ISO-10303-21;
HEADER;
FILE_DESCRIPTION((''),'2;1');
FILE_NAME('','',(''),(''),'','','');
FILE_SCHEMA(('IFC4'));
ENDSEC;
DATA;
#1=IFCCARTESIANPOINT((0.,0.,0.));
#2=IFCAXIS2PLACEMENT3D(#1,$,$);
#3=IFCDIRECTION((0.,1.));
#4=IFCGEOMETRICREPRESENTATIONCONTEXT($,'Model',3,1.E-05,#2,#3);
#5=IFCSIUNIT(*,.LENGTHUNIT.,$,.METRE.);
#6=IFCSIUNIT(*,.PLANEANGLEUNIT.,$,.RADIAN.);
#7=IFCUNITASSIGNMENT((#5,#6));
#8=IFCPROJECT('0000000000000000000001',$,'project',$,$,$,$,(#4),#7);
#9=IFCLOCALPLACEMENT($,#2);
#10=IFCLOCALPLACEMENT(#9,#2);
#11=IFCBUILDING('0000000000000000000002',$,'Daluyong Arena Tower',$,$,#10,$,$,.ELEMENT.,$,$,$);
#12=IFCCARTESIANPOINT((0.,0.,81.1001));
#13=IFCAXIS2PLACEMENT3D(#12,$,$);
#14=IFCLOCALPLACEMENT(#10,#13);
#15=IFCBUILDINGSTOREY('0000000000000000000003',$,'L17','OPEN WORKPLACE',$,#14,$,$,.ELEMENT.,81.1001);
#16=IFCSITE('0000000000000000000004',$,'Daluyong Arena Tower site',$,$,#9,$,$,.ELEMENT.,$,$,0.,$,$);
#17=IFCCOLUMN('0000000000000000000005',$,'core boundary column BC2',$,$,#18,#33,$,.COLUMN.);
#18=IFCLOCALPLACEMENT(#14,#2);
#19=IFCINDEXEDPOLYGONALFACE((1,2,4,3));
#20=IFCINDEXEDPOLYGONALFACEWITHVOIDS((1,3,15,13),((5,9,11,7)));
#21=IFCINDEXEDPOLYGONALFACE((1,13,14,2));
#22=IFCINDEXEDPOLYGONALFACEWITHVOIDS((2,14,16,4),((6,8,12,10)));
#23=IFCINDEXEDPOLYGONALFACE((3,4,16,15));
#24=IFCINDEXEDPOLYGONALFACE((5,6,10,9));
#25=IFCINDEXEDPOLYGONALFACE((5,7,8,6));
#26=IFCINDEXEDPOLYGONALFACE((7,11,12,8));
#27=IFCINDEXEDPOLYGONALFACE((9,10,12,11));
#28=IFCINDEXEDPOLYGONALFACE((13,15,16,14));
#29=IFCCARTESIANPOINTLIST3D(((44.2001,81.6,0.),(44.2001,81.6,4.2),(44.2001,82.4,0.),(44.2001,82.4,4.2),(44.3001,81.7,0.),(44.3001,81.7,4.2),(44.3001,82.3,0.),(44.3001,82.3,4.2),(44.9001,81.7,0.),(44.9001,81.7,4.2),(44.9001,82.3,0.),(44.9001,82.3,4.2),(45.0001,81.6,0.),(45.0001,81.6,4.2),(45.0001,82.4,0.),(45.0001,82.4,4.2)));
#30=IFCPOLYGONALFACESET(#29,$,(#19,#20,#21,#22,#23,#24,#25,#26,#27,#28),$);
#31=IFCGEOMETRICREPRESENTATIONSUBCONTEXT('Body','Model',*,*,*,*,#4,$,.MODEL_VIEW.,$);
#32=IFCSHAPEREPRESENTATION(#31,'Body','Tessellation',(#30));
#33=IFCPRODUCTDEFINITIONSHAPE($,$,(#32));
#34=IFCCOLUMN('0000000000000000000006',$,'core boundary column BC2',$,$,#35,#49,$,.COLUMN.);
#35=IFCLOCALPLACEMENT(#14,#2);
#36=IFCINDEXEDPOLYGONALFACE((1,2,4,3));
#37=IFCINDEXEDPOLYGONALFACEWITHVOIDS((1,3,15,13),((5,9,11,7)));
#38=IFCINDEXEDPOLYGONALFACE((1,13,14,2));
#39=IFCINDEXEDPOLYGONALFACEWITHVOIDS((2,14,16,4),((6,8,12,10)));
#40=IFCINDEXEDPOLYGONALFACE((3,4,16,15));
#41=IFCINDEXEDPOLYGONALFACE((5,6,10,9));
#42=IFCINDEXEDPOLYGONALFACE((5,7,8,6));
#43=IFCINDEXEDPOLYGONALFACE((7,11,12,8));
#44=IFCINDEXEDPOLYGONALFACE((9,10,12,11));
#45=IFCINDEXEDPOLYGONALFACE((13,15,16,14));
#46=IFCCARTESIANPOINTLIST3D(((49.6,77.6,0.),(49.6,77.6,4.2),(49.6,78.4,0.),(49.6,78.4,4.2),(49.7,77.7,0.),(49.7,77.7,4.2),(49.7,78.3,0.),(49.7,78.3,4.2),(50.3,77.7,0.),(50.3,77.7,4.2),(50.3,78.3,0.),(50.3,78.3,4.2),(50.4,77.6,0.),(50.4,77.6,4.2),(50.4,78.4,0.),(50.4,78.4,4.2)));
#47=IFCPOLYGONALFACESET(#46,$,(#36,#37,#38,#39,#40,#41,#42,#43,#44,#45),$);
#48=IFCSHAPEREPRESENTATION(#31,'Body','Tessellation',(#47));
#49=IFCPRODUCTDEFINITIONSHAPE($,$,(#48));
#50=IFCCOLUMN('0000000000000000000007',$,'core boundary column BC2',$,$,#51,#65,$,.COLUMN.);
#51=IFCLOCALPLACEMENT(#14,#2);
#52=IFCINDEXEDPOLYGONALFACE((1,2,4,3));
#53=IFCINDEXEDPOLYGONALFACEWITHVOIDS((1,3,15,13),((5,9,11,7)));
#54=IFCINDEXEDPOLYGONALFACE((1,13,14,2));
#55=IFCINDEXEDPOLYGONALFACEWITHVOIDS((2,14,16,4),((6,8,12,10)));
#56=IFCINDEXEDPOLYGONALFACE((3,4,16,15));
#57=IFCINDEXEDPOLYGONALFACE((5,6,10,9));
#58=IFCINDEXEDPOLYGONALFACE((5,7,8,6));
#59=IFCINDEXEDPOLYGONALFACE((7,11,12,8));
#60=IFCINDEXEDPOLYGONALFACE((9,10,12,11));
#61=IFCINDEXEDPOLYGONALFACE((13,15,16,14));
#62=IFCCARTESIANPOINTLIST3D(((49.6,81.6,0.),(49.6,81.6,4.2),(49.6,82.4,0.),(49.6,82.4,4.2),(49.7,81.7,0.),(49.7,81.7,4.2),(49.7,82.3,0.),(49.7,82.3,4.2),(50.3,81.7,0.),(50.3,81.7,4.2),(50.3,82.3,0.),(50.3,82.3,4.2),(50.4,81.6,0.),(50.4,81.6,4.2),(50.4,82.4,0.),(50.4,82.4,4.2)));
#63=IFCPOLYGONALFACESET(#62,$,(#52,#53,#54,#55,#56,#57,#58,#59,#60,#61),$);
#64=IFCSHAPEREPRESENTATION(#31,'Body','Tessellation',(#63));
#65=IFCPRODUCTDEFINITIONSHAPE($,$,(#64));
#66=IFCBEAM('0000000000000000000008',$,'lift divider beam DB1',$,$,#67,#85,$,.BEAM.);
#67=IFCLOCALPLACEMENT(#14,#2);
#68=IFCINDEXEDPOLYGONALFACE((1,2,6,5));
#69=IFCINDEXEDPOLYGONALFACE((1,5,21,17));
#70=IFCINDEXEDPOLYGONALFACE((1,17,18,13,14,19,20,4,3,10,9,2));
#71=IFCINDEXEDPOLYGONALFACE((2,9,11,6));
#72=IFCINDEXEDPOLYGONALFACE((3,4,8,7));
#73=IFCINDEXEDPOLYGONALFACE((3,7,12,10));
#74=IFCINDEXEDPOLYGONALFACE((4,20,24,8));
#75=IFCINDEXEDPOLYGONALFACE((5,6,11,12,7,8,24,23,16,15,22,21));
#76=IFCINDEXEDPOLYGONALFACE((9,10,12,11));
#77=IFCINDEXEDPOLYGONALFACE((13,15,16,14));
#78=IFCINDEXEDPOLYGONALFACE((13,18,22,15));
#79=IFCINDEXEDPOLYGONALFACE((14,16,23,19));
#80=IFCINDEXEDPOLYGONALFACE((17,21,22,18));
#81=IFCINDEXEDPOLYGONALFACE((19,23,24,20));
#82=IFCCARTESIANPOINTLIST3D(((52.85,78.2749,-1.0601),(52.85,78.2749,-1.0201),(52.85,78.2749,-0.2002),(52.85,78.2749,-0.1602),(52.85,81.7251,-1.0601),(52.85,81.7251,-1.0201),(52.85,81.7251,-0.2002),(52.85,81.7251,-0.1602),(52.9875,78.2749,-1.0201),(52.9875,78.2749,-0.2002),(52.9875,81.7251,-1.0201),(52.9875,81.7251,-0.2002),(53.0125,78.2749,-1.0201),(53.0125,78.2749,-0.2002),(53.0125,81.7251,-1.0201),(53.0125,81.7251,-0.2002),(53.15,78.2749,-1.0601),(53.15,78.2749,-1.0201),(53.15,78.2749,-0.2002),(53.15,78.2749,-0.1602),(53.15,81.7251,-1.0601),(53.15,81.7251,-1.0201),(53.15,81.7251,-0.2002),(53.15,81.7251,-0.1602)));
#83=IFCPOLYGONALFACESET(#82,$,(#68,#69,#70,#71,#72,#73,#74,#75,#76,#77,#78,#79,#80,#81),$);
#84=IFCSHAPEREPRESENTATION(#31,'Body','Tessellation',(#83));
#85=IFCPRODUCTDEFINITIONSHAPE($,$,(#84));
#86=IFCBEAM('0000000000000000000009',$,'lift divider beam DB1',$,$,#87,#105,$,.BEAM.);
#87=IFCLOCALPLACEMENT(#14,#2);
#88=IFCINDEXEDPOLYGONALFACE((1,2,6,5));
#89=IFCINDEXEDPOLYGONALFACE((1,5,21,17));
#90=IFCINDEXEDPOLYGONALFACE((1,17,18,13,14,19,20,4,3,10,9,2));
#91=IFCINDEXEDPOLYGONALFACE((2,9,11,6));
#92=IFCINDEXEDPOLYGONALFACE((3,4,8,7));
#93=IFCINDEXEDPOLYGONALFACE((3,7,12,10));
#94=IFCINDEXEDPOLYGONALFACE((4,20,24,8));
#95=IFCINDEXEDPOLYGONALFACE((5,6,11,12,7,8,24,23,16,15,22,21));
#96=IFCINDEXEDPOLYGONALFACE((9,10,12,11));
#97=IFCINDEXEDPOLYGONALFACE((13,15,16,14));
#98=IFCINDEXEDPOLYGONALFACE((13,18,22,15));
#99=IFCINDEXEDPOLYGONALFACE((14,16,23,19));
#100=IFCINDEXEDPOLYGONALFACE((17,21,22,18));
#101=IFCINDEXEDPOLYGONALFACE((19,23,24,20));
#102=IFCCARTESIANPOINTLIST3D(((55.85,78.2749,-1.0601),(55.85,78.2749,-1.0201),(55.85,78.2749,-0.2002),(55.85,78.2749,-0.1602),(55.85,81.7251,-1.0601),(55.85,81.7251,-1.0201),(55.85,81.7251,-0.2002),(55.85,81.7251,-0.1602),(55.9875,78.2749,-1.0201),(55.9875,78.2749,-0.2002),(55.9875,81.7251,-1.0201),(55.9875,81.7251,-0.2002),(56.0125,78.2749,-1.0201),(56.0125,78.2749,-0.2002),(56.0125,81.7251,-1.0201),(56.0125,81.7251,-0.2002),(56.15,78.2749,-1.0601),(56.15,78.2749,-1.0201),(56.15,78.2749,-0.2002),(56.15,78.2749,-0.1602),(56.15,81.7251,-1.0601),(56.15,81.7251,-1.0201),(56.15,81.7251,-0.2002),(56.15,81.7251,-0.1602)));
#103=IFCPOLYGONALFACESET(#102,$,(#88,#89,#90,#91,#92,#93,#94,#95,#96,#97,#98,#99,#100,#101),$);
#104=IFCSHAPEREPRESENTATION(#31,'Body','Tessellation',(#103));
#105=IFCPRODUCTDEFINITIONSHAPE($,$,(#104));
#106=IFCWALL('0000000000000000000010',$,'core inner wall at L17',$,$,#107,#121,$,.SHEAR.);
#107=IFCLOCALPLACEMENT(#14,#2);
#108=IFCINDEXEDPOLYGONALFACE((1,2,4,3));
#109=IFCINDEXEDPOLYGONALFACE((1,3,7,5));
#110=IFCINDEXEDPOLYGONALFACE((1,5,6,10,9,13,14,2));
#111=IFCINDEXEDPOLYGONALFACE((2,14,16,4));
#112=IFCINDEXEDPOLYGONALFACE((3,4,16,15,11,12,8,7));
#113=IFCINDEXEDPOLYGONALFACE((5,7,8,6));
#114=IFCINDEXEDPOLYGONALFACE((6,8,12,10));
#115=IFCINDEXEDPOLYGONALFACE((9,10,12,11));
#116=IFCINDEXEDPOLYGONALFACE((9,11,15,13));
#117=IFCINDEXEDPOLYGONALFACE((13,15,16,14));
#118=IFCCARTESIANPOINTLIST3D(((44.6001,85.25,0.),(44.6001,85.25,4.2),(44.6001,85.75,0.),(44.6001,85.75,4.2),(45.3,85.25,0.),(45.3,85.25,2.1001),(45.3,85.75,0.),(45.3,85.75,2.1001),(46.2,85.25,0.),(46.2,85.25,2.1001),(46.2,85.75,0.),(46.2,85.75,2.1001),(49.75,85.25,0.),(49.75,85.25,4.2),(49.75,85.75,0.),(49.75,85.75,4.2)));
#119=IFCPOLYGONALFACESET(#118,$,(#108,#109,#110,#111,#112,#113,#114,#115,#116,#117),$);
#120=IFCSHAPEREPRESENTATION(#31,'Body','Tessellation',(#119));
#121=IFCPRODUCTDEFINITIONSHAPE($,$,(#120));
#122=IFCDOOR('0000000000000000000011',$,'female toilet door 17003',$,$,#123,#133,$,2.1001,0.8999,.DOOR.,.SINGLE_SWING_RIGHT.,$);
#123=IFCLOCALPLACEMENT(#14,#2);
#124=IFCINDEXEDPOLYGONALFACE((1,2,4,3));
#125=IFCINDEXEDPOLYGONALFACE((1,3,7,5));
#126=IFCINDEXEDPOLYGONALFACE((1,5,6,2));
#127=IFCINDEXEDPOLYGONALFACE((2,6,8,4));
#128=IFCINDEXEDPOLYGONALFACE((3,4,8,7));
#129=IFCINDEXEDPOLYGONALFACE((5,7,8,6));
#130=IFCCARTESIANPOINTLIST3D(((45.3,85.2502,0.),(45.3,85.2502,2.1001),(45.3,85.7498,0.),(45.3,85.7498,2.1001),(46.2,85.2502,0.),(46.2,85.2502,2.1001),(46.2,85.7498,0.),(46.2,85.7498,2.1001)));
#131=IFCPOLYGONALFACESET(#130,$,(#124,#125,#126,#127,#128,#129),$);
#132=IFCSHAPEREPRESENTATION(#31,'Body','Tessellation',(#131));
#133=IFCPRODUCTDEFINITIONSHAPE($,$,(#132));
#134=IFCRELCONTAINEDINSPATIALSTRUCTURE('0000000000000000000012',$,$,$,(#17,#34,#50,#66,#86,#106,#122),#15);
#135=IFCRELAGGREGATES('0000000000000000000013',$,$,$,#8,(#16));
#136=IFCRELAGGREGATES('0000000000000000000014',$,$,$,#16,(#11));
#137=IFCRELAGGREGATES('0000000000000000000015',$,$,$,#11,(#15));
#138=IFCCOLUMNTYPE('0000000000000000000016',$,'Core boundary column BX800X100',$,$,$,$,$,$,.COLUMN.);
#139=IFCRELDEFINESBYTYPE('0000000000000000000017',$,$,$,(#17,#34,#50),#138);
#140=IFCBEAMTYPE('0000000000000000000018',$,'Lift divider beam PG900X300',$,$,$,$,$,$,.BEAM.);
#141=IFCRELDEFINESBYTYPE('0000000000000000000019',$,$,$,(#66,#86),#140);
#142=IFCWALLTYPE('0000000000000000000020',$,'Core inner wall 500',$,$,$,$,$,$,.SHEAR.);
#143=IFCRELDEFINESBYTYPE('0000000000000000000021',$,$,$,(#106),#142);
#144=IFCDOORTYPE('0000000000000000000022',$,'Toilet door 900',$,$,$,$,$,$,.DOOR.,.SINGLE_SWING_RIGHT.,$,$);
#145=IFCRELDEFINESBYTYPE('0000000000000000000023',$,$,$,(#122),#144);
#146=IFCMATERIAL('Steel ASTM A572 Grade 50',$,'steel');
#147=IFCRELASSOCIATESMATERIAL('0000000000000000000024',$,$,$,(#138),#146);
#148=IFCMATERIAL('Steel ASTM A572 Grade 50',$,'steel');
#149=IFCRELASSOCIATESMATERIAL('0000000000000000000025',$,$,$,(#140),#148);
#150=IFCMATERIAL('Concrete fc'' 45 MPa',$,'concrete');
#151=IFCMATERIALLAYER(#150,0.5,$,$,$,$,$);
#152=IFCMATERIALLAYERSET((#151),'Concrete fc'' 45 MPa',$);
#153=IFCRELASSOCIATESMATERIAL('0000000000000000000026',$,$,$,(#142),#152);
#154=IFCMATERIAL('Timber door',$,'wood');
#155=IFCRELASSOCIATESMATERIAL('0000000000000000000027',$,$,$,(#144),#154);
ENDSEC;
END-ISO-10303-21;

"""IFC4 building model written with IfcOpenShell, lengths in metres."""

from ifc_helpers import new_model, si_unit, direction, frame, frame_2d, origin, origin_2d, place, context, subcontext, project, spatial, rectangle, hollow_rectangle, i_section, extrude, material, layer, layer_set, material_profile, profile_set, type_object, element, fill, save


model = new_model("IFC4")

# Units and contexts
model_context = context("Model", 3, precision=1e-05, world=origin(), true_north=direction((0.0, 1.0)))
body_context = subcontext(model_context, "Body", "Model", "MODEL_VIEW")
ifc_project = project(units=[si_unit("LENGTHUNIT", "METRE"), si_unit("PLANEANGLEUNIT", "RADIAN")], contexts=[model_context])

# Site, building, storey
site_placement = place(None, origin())
site = spatial("IfcSite", under=ifc_project, at=site_placement, Name="Daluyong Arena Tower site", CompositionType="ELEMENT", RefElevation=0.0)
building_placement = place(site_placement, origin())
building = spatial("IfcBuilding", under=site, at=building_placement, Name="Daluyong Arena Tower", CompositionType="ELEMENT")
storey_placement = place(building_placement, frame((0.0, 0.0, 81.1001)))
storey = spatial("IfcBuildingStorey", under=building, at=storey_placement, Name="L17", Description="OPEN WORKPLACE", CompositionType="ELEMENT", Elevation=81.1001)

# Columns
ifc_material_1 = material(Name="Steel ASTM A572 Grade 50", Category="steel")
ifc_material_profile_1 = material_profile(ifc_material_1, hollow_rectangle(XDim=0.8, YDim=0.8, WallThickness=0.1, at=origin_2d()))
ifc_profile_set_1 = profile_set([ifc_material_profile_1], Name="Steel ASTM A572 Grade 50")
column_type = type_object("IfcColumnType", Name="Core boundary column BX800X100", PredefinedType="COLUMN", material=ifc_profile_set_1)
for number, where, z_axis, x_axis, name in (
    (1, (44.6001, 82.0, 0.0), (0.0, 0.0, 1.0), (1.0, 0.0, 0.0), "core boundary column BC2"),
    (2, (50.0, 78.0, 0.0), (0.0, 0.0, 1.0), (1.0, 0.0, 0.0), "core boundary column BC2"),
    (3, (50.0, 82.0, 0.0), (0.0, 0.0, 1.0), (1.0, 0.0, 0.0), "core boundary column BC2"),
):
    element("IfcColumn", number, at=place(storey_placement, frame(where, z_axis=z_axis, x_axis=x_axis)), inside=storey, type_object=column_type, Name=name, PredefinedType="COLUMN", context=body_context, shape_type="SweptSolid", body=[
        extrude(hollow_rectangle(XDim=0.8, YDim=0.8, WallThickness=0.1, at=origin_2d()), origin(), (0.0, 0.0, 1.0), 4.2),
    ])

# Beams
ifc_material_2 = material(Name="Steel ASTM A572 Grade 50", Category="steel")
ifc_material_profile_2 = material_profile(ifc_material_2, i_section(OverallWidth=0.3, OverallDepth=0.8999, WebThickness=0.025, FlangeThickness=0.04, at=origin_2d()))
ifc_profile_set_2 = profile_set([ifc_material_profile_2], Name="Steel ASTM A572 Grade 50")
beam_type = type_object("IfcBeamType", Name="Lift divider beam PG900X300", PredefinedType="BEAM", material=ifc_profile_set_2)
for number, where, z_axis, x_axis, name in (
    (4, (53.0, 78.2749, -0.6101), (0.0, 1.0, 0.0), (-1.0, 0.0, 0.0), "lift divider beam DB1"),
    (5, (56.0, 78.2749, -0.6101), (0.0, 1.0, 0.0), (-1.0, 0.0, 0.0), "lift divider beam DB1"),
):
    element("IfcBeam", number, at=place(storey_placement, frame(where, z_axis=z_axis, x_axis=x_axis)), inside=storey, type_object=beam_type, Name=name, PredefinedType="BEAM", context=body_context, shape_type="SweptSolid", body=[
        extrude(i_section(OverallWidth=0.3, OverallDepth=0.8999, WebThickness=0.025, FlangeThickness=0.04, at=origin_2d()), origin(), (0.0, 0.0, 1.0), 3.4502),
    ])

# Wall, opening, door
ifc_material_3 = material(Name="Concrete fc' 45 MPa", Category="concrete")
ifc_layer_1 = layer(ifc_material_3, 0.5)
ifc_layer_set_1 = layer_set([ifc_layer_1], Name="Concrete fc' 45 MPa")
wall_type_1 = type_object("IfcWallType", Name="Core inner wall 500", PredefinedType="SHEAR", material=ifc_layer_set_1)
wall_1_placement = place(storey_placement, frame((44.6001, 85.5, 0.0), z_axis=(0.0, 0.0, 1.0), x_axis=(1.0, 0.0, 0.0)))
wall_1 = element("IfcWall", 6, at=wall_1_placement, inside=storey, type_object=wall_type_1, Name="core inner wall at L17", PredefinedType="SHEAR", context=body_context, shape_type="SweptSolid", body=[
    extrude(rectangle(XDim=5.1499, YDim=0.5, at=frame_2d((2.575, 0.0))), origin(), (0.0, 0.0, 1.0), 4.2),
])
opening_1_placement = place(wall_1_placement, frame((0.7, 0.0, 0.0)))
opening_1 = element("IfcOpeningElement", 7, at=opening_1_placement, cuts=wall_1, PredefinedType="OPENING", context=body_context, shape_type="SweptSolid", body=[
    extrude(rectangle(XDim=0.8999, YDim=2.1001, at=frame_2d((0.45, 1.05))), frame((0.0, 0.26, 0.0), z_axis=(0.0, -1.0, 0.0), x_axis=(1.0, 0.0, 0.0)), (0.0, 0.0, 1.0), 0.52),
])
ifc_material_4 = material(Name="Timber door", Category="wood")
door_type_1 = type_object("IfcDoorType", Name="Toilet door 900", OperationType="SINGLE_SWING_RIGHT", PredefinedType="DOOR", material=ifc_material_4)
door_1_placement = place(opening_1_placement, origin())
door_1 = element("IfcDoor", 8, at=door_1_placement, inside=storey, type_object=door_type_1, Name="female toilet door 17003", OperationType="SINGLE_SWING_RIGHT", OverallHeight=2.1001, OverallWidth=0.8999, PredefinedType="DOOR", context=body_context, shape_type="SweptSolid", body=[
    extrude(rectangle(XDim=0.8999, YDim=2.1001, at=frame_2d((0.45, 1.05))), frame((0.0, 0.2498, 0.0), z_axis=(0.0, -1.0, 0.0), x_axis=(1.0, 0.0, 0.0)), (0.0, 0.0, 1.0), 0.4995),
])
fill(opening_1, door_1)

save(model, "model.ifc")
